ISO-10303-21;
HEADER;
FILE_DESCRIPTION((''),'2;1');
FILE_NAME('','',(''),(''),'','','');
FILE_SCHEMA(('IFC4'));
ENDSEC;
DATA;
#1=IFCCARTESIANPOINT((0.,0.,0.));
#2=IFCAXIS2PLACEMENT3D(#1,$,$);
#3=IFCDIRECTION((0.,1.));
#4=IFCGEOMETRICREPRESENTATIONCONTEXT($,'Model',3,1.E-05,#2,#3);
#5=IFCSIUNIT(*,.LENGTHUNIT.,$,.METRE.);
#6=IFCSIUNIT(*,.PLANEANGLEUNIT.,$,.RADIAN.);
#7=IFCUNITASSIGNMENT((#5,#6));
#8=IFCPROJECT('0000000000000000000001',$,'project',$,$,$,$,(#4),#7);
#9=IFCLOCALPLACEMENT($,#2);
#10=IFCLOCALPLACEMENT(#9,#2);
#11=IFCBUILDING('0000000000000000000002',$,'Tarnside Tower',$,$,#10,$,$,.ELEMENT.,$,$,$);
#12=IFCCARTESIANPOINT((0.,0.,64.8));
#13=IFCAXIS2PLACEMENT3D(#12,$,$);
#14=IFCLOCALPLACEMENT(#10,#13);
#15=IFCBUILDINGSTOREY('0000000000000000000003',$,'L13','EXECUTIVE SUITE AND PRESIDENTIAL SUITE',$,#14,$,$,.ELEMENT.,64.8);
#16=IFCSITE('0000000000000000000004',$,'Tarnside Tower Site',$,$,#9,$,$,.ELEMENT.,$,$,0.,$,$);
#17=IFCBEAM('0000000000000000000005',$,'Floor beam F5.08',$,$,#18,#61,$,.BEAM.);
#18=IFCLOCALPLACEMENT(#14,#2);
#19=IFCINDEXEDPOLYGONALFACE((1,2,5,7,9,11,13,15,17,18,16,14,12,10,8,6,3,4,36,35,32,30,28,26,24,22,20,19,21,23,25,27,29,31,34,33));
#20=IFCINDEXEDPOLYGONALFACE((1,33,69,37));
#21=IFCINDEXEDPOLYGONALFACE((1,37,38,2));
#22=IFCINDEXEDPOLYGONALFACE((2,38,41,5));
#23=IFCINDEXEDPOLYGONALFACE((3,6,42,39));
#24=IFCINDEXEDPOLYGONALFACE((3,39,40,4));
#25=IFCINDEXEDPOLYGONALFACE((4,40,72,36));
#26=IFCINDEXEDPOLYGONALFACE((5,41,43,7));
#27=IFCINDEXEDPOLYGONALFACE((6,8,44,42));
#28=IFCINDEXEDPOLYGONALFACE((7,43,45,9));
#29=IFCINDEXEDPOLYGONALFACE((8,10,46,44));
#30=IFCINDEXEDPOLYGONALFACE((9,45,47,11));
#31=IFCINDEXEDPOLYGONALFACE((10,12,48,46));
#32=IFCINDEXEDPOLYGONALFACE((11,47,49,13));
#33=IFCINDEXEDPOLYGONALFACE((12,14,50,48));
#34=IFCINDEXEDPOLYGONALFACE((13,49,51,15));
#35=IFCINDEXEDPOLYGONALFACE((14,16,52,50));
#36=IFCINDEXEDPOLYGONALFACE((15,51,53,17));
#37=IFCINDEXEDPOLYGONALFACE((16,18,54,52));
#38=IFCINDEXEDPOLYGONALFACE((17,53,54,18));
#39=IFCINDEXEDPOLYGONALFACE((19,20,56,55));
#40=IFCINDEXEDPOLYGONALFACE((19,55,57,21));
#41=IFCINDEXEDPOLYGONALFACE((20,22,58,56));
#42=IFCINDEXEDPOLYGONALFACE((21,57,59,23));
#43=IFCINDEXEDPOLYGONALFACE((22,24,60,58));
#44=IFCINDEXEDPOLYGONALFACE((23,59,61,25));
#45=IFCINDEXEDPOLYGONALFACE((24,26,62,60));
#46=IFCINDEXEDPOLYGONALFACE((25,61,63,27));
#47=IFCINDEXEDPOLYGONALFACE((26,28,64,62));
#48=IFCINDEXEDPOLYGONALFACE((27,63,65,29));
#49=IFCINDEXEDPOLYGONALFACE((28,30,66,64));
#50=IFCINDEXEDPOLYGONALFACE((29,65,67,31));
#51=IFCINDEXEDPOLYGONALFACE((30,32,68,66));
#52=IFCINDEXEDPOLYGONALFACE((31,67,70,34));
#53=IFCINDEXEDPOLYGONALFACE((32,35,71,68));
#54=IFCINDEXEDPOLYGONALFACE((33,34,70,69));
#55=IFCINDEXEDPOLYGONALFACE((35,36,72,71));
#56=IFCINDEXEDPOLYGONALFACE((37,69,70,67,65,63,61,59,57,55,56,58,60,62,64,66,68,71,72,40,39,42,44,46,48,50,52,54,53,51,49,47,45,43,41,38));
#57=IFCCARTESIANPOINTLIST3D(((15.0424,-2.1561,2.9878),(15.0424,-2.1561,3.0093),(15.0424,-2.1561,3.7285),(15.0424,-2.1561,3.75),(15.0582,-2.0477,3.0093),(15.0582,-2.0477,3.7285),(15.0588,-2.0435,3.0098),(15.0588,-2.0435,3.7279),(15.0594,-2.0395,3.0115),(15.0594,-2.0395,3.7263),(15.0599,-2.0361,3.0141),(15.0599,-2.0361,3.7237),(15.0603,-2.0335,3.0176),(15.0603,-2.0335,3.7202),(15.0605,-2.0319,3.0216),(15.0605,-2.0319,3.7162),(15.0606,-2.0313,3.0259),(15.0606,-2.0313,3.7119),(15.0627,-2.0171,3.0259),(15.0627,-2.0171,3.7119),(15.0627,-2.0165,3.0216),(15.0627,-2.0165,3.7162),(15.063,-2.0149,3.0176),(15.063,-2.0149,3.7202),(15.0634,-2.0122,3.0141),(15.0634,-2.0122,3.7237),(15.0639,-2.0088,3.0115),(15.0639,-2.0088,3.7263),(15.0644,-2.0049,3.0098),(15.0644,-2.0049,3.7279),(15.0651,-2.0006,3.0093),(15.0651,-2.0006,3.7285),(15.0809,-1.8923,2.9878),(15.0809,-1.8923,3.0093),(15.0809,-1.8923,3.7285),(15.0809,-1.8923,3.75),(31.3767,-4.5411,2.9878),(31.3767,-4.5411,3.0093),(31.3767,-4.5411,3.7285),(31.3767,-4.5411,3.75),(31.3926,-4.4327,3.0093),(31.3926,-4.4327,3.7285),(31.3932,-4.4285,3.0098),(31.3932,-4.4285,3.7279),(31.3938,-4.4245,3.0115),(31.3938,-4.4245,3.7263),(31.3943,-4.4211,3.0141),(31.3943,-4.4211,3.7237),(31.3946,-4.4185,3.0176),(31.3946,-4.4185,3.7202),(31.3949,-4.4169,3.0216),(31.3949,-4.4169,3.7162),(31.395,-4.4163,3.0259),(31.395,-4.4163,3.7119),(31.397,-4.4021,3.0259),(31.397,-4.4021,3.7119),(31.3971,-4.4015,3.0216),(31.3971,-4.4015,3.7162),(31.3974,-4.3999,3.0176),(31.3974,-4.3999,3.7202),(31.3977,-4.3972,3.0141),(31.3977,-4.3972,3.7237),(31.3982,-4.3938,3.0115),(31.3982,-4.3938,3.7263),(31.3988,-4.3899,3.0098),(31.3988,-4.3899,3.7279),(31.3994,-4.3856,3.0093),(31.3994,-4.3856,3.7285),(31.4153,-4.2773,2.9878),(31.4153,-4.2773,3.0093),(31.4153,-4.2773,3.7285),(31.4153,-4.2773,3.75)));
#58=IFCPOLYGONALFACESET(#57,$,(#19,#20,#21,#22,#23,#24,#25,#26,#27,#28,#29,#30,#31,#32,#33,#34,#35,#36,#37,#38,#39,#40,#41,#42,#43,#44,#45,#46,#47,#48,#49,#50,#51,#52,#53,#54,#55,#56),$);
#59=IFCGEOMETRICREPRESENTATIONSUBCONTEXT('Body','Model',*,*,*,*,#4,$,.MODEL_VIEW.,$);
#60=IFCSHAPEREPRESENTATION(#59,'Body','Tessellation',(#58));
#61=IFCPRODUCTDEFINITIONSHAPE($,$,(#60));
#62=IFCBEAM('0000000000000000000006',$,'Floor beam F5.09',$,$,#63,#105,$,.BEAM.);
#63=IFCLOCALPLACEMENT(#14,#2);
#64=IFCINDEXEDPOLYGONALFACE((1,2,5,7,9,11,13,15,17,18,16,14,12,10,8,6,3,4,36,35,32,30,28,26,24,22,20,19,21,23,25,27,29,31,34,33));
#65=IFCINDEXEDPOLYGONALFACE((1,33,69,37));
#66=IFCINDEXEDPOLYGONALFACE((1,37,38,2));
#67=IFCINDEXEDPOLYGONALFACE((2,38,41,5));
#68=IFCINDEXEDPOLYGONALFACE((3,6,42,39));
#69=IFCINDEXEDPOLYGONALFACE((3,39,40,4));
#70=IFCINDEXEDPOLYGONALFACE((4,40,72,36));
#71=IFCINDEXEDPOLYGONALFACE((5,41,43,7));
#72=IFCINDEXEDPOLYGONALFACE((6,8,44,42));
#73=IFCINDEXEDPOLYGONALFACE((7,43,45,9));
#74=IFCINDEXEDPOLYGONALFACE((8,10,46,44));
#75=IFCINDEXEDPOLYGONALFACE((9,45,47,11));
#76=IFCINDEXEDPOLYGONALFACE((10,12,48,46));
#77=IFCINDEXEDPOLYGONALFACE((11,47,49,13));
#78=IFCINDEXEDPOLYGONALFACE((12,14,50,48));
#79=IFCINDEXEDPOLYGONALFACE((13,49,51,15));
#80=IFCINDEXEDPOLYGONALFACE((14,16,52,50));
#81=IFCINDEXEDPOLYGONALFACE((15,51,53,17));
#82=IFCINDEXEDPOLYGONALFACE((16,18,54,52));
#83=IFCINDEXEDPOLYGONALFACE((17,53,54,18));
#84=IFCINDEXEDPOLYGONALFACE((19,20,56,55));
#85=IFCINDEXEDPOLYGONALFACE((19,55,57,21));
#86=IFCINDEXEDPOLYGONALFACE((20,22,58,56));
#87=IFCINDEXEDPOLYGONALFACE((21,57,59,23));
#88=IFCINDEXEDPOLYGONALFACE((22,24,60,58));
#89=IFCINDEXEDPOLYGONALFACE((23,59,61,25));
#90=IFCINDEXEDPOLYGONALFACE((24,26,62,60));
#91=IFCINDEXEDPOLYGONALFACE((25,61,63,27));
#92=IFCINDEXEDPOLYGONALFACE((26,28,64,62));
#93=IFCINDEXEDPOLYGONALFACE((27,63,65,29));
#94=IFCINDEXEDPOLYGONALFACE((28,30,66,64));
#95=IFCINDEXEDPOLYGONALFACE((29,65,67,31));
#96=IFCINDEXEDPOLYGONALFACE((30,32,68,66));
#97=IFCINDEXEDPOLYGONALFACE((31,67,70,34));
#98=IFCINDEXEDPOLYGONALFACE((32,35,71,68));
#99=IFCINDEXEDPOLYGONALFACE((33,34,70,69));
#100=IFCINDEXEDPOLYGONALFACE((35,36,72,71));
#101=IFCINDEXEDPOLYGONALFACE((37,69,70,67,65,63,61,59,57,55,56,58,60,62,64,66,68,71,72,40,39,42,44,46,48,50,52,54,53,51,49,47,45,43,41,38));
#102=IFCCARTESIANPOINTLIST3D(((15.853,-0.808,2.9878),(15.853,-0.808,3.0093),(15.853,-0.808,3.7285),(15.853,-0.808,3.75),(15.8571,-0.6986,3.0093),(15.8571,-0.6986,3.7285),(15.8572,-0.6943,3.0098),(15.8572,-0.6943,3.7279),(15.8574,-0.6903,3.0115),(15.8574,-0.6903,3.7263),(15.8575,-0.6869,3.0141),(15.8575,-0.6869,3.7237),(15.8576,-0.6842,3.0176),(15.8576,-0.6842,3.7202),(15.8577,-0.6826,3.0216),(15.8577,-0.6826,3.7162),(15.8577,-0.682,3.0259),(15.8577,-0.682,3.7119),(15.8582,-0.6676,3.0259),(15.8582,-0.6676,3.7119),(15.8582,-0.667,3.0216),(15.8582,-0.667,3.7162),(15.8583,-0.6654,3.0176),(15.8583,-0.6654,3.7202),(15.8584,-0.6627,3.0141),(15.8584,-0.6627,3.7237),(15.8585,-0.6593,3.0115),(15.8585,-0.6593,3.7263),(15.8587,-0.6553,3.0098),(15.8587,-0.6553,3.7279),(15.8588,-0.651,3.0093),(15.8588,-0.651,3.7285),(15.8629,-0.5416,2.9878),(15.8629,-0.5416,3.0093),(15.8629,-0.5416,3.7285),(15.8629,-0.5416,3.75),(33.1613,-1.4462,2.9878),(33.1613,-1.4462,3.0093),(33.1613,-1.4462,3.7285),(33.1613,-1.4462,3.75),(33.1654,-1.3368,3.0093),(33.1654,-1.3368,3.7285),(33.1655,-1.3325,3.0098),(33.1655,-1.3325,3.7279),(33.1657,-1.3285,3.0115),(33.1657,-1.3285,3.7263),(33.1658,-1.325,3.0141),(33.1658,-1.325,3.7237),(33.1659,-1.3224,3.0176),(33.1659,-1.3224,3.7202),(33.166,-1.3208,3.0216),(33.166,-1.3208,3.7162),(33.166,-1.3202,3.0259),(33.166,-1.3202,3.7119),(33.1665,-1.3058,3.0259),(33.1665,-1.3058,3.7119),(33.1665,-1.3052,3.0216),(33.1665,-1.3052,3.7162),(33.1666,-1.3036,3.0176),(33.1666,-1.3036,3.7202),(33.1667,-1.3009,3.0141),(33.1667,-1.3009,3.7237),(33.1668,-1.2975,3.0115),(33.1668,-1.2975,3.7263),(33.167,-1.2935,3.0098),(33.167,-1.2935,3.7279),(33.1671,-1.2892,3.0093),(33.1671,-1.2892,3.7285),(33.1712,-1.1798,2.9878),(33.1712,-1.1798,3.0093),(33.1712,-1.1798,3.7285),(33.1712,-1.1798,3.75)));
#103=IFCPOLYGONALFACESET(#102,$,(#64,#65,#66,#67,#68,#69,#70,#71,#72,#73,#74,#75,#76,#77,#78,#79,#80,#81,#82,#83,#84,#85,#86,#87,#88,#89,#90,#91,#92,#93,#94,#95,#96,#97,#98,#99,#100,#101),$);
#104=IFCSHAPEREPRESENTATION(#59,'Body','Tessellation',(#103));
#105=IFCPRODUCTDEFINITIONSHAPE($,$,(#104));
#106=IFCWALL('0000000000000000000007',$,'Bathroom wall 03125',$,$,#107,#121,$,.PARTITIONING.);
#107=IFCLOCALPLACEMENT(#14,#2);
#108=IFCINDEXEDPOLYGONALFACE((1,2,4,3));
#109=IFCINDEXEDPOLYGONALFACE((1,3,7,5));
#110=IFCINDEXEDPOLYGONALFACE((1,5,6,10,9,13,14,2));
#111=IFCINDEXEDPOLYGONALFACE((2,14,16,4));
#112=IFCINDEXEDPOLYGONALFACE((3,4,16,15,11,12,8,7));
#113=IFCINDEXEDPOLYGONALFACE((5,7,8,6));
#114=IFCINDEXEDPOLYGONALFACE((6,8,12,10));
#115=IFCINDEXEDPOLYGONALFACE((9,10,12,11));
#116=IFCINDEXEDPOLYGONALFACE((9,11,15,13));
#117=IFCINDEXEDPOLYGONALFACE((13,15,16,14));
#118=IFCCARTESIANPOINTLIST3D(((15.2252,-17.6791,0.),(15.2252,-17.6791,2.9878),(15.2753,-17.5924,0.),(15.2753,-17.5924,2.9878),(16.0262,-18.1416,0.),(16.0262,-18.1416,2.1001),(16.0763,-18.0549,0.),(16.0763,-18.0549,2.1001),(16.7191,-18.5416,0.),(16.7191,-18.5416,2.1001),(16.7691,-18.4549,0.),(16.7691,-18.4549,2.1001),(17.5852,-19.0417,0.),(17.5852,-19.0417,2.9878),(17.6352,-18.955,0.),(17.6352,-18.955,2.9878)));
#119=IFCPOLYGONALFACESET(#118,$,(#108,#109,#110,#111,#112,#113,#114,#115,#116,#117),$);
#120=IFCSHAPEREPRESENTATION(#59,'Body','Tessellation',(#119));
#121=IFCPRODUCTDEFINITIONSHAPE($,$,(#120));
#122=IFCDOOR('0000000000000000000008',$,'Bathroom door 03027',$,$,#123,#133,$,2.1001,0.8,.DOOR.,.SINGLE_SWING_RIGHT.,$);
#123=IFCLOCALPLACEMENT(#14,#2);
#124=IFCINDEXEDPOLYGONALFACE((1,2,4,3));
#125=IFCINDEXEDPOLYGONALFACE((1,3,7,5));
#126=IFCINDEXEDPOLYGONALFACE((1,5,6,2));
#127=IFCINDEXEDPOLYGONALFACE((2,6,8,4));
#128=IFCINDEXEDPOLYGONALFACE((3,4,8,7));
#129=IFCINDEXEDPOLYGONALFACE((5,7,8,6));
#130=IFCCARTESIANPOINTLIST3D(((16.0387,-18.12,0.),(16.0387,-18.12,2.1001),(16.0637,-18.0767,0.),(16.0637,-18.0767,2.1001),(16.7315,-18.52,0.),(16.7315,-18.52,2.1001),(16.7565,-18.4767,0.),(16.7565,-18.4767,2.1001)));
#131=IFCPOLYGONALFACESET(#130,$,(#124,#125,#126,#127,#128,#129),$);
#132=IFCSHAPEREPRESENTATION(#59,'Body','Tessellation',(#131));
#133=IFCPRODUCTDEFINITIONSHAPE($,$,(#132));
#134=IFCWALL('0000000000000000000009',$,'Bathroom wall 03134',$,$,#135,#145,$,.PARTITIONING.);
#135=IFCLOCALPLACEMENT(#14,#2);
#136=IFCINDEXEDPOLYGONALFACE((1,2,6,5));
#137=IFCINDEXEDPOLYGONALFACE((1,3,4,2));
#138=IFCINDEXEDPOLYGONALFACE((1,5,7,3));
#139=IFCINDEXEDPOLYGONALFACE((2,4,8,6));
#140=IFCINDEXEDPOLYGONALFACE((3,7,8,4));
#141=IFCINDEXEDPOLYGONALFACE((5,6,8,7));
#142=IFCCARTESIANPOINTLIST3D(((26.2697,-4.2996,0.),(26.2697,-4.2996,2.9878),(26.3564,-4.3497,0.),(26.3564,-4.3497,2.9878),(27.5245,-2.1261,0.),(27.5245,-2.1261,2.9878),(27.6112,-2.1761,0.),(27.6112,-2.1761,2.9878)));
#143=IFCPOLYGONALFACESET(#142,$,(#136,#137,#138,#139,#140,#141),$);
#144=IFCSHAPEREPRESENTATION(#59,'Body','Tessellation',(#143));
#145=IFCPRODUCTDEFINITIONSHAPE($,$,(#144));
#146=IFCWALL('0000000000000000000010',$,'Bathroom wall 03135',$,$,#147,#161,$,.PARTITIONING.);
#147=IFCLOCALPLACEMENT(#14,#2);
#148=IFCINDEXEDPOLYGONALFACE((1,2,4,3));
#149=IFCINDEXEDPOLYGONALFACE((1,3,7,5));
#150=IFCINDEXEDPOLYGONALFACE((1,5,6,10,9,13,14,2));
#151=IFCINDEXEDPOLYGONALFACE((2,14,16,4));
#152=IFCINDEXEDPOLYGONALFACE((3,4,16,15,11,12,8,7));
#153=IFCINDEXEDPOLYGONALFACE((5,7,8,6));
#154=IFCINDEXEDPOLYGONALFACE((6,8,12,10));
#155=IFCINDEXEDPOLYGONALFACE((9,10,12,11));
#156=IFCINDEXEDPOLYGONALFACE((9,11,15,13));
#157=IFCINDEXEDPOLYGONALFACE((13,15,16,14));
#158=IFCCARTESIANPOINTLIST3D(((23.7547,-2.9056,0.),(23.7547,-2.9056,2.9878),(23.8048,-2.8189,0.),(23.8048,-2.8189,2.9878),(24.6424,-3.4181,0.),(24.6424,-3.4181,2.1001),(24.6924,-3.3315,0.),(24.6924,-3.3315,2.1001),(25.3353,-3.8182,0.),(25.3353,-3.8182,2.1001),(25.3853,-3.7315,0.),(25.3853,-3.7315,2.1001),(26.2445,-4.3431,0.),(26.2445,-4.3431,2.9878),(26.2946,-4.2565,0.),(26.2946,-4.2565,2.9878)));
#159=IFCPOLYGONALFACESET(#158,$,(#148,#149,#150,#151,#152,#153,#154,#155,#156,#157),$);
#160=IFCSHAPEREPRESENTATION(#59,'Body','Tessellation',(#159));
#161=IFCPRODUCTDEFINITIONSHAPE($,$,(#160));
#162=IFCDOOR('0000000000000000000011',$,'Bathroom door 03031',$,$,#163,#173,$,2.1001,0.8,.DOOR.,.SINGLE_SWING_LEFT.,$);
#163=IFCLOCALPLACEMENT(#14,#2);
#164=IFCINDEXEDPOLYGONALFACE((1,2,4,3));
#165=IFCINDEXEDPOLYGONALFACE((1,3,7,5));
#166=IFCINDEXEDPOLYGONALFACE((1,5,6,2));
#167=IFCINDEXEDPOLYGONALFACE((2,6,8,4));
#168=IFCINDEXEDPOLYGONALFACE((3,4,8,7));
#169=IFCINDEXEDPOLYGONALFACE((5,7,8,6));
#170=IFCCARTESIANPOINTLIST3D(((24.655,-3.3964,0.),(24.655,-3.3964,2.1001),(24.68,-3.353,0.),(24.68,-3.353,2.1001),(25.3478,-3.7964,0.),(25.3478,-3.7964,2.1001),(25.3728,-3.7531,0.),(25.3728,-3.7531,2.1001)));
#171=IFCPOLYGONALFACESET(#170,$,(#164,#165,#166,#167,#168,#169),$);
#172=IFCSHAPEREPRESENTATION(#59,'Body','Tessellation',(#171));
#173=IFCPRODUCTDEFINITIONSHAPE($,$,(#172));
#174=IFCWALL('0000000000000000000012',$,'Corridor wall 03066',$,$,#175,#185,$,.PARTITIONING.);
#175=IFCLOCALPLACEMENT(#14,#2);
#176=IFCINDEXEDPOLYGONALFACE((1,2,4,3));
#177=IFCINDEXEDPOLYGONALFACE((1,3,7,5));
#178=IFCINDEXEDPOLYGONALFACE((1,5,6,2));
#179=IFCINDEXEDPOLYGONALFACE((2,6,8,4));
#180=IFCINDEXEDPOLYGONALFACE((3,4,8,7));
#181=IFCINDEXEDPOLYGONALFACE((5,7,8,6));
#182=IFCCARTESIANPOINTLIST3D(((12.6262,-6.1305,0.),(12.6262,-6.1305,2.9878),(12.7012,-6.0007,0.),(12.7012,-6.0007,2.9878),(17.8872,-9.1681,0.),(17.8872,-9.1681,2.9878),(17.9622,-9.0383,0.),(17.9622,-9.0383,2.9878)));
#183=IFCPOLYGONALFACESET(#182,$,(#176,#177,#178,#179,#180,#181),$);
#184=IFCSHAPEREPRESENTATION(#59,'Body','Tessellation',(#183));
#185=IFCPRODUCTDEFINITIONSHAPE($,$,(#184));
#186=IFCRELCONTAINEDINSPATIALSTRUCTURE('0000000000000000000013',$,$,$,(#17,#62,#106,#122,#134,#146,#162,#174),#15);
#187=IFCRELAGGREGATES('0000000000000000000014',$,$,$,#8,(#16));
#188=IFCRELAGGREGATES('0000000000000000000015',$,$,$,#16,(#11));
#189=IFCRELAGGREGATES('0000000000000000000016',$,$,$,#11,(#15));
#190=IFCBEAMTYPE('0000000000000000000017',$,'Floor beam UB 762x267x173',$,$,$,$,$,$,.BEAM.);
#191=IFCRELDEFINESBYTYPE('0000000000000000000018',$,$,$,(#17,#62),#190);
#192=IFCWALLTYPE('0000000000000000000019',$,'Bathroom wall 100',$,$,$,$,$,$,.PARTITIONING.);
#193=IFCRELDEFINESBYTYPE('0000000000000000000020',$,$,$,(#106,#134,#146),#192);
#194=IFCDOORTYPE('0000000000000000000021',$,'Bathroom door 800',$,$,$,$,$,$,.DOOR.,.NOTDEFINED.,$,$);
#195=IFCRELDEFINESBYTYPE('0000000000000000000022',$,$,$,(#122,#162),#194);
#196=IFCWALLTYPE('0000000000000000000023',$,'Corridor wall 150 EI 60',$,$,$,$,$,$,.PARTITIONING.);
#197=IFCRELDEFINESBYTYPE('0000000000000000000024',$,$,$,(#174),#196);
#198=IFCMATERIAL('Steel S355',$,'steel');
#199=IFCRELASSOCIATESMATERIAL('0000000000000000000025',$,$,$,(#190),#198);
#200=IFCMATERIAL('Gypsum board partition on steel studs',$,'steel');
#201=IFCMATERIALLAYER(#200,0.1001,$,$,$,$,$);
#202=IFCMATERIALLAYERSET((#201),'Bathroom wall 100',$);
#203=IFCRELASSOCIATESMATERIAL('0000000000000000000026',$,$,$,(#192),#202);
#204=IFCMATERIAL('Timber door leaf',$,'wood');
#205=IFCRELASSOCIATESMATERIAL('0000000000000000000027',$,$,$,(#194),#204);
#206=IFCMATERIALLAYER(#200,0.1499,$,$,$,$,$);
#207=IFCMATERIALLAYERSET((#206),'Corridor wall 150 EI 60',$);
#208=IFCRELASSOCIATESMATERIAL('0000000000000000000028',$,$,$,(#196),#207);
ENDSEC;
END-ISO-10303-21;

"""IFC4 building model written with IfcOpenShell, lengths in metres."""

from ifc_helpers import new_model, si_unit, direction, frame, frame_2d, origin, origin_2d, place, context, subcontext, project, spatial, rectangle, i_section, extrude, material, layer, layer_set, material_profile, profile_set, type_object, element, fill, save


model = new_model("IFC4")

# Units and contexts
model_context = context("Model", 3, precision=1e-05, world=origin(), true_north=direction((0.0, 1.0)))
body_context = subcontext(model_context, "Body", "Model", "MODEL_VIEW")
ifc_project = project(units=[si_unit("LENGTHUNIT", "METRE"), si_unit("PLANEANGLEUNIT", "RADIAN")], contexts=[model_context])

# Site, building, storey
site_placement = place(None, origin())
site = spatial("IfcSite", under=ifc_project, at=site_placement, Name="Tarnside Tower Site", CompositionType="ELEMENT", RefElevation=0.0)
building_placement = place(site_placement, origin())
building = spatial("IfcBuilding", under=site, at=building_placement, Name="Tarnside Tower", CompositionType="ELEMENT")
storey_placement = place(building_placement, frame((0.0, 0.0, 64.8)))
storey = spatial("IfcBuildingStorey", under=building, at=storey_placement, Name="L13", Description="EXECUTIVE SUITE AND PRESIDENTIAL SUITE", CompositionType="ELEMENT", Elevation=64.8)

# Beams
ifc_material_1 = material(Name="Steel S355", Category="steel")
ifc_material_profile_1 = material_profile(ifc_material_1, i_section(OverallWidth=0.2666, OverallDepth=0.7622, WebThickness=0.0144, FlangeThickness=0.0215, FilletRadius=0.0166, at=origin_2d()), Name="UB 762x267x173")
ifc_profile_set_1 = profile_set([ifc_material_profile_1], Name="Steel S355")
beam_type_1 = type_object("IfcBeamType", Name="Floor beam UB 762x267x173", PredefinedType="BEAM", material=ifc_profile_set_1)
beam_1_placement = place(storey_placement, frame((31.396, -4.4092, 3.3689), z_axis=(-0.989508, 0.144479, 0.0), x_axis=(-0.144479, -0.989508, 0.0)))
element("IfcBeam", 1, at=beam_1_placement, inside=storey, type_object=beam_type_1, Name="Floor beam F5.08", PredefinedType="BEAM", context=body_context, shape_type="SweptSolid", body=[
    extrude(i_section(OverallWidth=0.2666, OverallDepth=0.7622, WebThickness=0.0144, FlangeThickness=0.0215, FilletRadius=0.0166, at=origin_2d()), origin(), (0.0, 0.0, 1.0), 16.5076),
])
beam_2_placement = place(storey_placement, frame((33.1663, -1.313, 3.3689), z_axis=(-0.999321, 0.036846, 0.0), x_axis=(-0.036846, -0.999321, 0.0)))
element("IfcBeam", 2, at=beam_2_placement, inside=storey, type_object=beam_type_1, Name="Floor beam F5.09", PredefinedType="BEAM", context=body_context, shape_type="SweptSolid", body=[
    extrude(i_section(OverallWidth=0.2666, OverallDepth=0.7622, WebThickness=0.0144, FlangeThickness=0.0215, FilletRadius=0.0166, at=origin_2d()), origin(), (0.0, 0.0, 1.0), 17.3201),
])

# Wall, opening, door
ifc_material_2 = material(Name="Gypsum board partition on steel studs", Category="steel")
ifc_layer_1 = layer(ifc_material_2, 0.1001)
ifc_layer_set_1 = layer_set([ifc_layer_1], Name="Bathroom wall 100")
wall_type_1 = type_object("IfcWallType", Name="Bathroom wall 100", PredefinedType="PARTITIONING", material=ifc_layer_set_1)
wall_1_placement = place(storey_placement, frame((15.2502, -17.6357, 0.0), z_axis=(0.0, 0.0, 1.0), x_axis=(0.866013, -0.500022, 0.0)))
wall_1 = element("IfcWall", 3, at=wall_1_placement, inside=storey, type_object=wall_type_1, Name="Bathroom wall 03125", PredefinedType="PARTITIONING", context=body_context, shape_type="SweptSolid", body=[
    extrude(rectangle(XDim=2.7251, YDim=0.1001, at=frame_2d((1.3625, 0.0))), origin(), (0.0, 0.0, 1.0), 2.9878),
])
opening_1_placement = place(wall_1_placement, frame((0.925, 0.0, 0.0)))
opening_1 = element("IfcOpeningElement", 4, at=opening_1_placement, cuts=wall_1, PredefinedType="OPENING", context=body_context, shape_type="SweptSolid", body=[
    extrude(rectangle(XDim=0.8, YDim=2.1001, at=frame_2d((0.3999, 1.05))), frame((0.0, 0.0601, 0.0), z_axis=(0.0, -1.0, 0.0), x_axis=(1.0, 0.0, 0.0)), (0.0, 0.0, 1.0), 0.1201),
])
ifc_material_3 = material(Name="Timber door leaf", Category="wood")
door_type_1 = type_object("IfcDoorType", Name="Bathroom door 800", OperationType="NOTDEFINED", PredefinedType="DOOR", material=ifc_material_3)
door_1_placement = place(opening_1_placement, origin())
door_1 = element("IfcDoor", 5, at=door_1_placement, inside=storey, type_object=door_type_1, Name="Bathroom door 03027", OperationType="SINGLE_SWING_RIGHT", OverallHeight=2.1001, OverallWidth=0.8, PredefinedType="DOOR", context=body_context, shape_type="SweptSolid", body=[
    extrude(rectangle(XDim=0.8, YDim=2.1001, at=frame_2d((0.3999, 1.05))), frame((0.0, 0.0249, 0.0), z_axis=(0.0, -1.0, 0.0), x_axis=(1.0, 0.0, 0.0)), (0.0, 0.0, 1.0), 0.05),
])
fill(opening_1, door_1)

# Wall
wall_2_placement = place(storey_placement, frame((27.5679, -2.1511, 0.0), z_axis=(0.0, 0.0, 1.0), x_axis=(-0.499989, -0.866032, 0.0)))
element("IfcWall", 6, at=wall_2_placement, inside=storey, type_object=wall_type_1, Name="Bathroom wall 03134", PredefinedType="PARTITIONING", context=body_context, shape_type="SweptSolid", body=[
    extrude(rectangle(XDim=2.5098, YDim=0.1001, at=frame_2d((1.2549, 0.0))), origin(), (0.0, 0.0, 1.0), 2.9878),
])

# Wall, opening, door
wall_3_placement = place(storey_placement, frame((26.2695, -4.2998, 0.0), z_axis=(0.0, 0.0, 1.0), x_axis=(-0.866019, 0.500012, 0.0)))
wall_3 = element("IfcWall", 7, at=wall_3_placement, inside=storey, type_object=wall_type_1, Name="Bathroom wall 03135", PredefinedType="PARTITIONING", context=body_context, shape_type="SweptSolid", body=[
    extrude(rectangle(XDim=2.875, YDim=0.1001, at=frame_2d((1.4375, 0.0))), origin(), (0.0, 0.0, 1.0), 2.9878),
])
opening_2_placement = place(wall_3_placement, frame((1.05, 0.0, 0.0)))
opening_2 = element("IfcOpeningElement", 8, at=opening_2_placement, cuts=wall_3, PredefinedType="OPENING", context=body_context, shape_type="SweptSolid", body=[
    extrude(rectangle(XDim=0.8, YDim=2.1001, at=frame_2d((0.3999, 1.05))), frame((0.0, 0.0601, 0.0), z_axis=(0.0, -1.0, 0.0), x_axis=(1.0, 0.0, 0.0)), (0.0, 0.0, 1.0), 0.1201),
])
door_2_placement = place(opening_2_placement, origin())
door_2 = element("IfcDoor", 9, at=door_2_placement, inside=storey, type_object=door_type_1, Name="Bathroom door 03031", OperationType="SINGLE_SWING_LEFT", OverallHeight=2.1001, OverallWidth=0.8, PredefinedType="DOOR", context=body_context, shape_type="SweptSolid", body=[
    extrude(rectangle(XDim=0.8, YDim=2.1001, at=frame_2d((0.3999, 1.05))), frame((0.0, 0.0249, 0.0), z_axis=(0.0, -1.0, 0.0), x_axis=(1.0, 0.0, 0.0)), (0.0, 0.0, 1.0), 0.05),
])
fill(opening_2, door_2)

# Wall
ifc_layer_2 = layer(ifc_material_2, 0.1499)
ifc_layer_set_2 = layer_set([ifc_layer_2], Name="Corridor wall 150 EI 60")
wall_type_2 = type_object("IfcWallType", Name="Corridor wall 150 EI 60", PredefinedType="PARTITIONING", material=ifc_layer_set_2)
wall_4_placement = place(storey_placement, frame((17.9248, -9.1033, 0.0), z_axis=(0.0, 0.0, 1.0), x_axis=(-0.866014, 0.50002, 0.0)))
element("IfcWall", 10, at=wall_4_placement, inside=storey, type_object=wall_type_2, Name="Corridor wall 03066", PredefinedType="PARTITIONING", context=body_context, shape_type="SweptSolid", body=[
    extrude(rectangle(XDim=6.075, YDim=0.1499, at=frame_2d((3.0376, 0.0))), origin(), (0.0, 0.0, 1.0), 2.9878),
])

save(model, "model.ifc")
